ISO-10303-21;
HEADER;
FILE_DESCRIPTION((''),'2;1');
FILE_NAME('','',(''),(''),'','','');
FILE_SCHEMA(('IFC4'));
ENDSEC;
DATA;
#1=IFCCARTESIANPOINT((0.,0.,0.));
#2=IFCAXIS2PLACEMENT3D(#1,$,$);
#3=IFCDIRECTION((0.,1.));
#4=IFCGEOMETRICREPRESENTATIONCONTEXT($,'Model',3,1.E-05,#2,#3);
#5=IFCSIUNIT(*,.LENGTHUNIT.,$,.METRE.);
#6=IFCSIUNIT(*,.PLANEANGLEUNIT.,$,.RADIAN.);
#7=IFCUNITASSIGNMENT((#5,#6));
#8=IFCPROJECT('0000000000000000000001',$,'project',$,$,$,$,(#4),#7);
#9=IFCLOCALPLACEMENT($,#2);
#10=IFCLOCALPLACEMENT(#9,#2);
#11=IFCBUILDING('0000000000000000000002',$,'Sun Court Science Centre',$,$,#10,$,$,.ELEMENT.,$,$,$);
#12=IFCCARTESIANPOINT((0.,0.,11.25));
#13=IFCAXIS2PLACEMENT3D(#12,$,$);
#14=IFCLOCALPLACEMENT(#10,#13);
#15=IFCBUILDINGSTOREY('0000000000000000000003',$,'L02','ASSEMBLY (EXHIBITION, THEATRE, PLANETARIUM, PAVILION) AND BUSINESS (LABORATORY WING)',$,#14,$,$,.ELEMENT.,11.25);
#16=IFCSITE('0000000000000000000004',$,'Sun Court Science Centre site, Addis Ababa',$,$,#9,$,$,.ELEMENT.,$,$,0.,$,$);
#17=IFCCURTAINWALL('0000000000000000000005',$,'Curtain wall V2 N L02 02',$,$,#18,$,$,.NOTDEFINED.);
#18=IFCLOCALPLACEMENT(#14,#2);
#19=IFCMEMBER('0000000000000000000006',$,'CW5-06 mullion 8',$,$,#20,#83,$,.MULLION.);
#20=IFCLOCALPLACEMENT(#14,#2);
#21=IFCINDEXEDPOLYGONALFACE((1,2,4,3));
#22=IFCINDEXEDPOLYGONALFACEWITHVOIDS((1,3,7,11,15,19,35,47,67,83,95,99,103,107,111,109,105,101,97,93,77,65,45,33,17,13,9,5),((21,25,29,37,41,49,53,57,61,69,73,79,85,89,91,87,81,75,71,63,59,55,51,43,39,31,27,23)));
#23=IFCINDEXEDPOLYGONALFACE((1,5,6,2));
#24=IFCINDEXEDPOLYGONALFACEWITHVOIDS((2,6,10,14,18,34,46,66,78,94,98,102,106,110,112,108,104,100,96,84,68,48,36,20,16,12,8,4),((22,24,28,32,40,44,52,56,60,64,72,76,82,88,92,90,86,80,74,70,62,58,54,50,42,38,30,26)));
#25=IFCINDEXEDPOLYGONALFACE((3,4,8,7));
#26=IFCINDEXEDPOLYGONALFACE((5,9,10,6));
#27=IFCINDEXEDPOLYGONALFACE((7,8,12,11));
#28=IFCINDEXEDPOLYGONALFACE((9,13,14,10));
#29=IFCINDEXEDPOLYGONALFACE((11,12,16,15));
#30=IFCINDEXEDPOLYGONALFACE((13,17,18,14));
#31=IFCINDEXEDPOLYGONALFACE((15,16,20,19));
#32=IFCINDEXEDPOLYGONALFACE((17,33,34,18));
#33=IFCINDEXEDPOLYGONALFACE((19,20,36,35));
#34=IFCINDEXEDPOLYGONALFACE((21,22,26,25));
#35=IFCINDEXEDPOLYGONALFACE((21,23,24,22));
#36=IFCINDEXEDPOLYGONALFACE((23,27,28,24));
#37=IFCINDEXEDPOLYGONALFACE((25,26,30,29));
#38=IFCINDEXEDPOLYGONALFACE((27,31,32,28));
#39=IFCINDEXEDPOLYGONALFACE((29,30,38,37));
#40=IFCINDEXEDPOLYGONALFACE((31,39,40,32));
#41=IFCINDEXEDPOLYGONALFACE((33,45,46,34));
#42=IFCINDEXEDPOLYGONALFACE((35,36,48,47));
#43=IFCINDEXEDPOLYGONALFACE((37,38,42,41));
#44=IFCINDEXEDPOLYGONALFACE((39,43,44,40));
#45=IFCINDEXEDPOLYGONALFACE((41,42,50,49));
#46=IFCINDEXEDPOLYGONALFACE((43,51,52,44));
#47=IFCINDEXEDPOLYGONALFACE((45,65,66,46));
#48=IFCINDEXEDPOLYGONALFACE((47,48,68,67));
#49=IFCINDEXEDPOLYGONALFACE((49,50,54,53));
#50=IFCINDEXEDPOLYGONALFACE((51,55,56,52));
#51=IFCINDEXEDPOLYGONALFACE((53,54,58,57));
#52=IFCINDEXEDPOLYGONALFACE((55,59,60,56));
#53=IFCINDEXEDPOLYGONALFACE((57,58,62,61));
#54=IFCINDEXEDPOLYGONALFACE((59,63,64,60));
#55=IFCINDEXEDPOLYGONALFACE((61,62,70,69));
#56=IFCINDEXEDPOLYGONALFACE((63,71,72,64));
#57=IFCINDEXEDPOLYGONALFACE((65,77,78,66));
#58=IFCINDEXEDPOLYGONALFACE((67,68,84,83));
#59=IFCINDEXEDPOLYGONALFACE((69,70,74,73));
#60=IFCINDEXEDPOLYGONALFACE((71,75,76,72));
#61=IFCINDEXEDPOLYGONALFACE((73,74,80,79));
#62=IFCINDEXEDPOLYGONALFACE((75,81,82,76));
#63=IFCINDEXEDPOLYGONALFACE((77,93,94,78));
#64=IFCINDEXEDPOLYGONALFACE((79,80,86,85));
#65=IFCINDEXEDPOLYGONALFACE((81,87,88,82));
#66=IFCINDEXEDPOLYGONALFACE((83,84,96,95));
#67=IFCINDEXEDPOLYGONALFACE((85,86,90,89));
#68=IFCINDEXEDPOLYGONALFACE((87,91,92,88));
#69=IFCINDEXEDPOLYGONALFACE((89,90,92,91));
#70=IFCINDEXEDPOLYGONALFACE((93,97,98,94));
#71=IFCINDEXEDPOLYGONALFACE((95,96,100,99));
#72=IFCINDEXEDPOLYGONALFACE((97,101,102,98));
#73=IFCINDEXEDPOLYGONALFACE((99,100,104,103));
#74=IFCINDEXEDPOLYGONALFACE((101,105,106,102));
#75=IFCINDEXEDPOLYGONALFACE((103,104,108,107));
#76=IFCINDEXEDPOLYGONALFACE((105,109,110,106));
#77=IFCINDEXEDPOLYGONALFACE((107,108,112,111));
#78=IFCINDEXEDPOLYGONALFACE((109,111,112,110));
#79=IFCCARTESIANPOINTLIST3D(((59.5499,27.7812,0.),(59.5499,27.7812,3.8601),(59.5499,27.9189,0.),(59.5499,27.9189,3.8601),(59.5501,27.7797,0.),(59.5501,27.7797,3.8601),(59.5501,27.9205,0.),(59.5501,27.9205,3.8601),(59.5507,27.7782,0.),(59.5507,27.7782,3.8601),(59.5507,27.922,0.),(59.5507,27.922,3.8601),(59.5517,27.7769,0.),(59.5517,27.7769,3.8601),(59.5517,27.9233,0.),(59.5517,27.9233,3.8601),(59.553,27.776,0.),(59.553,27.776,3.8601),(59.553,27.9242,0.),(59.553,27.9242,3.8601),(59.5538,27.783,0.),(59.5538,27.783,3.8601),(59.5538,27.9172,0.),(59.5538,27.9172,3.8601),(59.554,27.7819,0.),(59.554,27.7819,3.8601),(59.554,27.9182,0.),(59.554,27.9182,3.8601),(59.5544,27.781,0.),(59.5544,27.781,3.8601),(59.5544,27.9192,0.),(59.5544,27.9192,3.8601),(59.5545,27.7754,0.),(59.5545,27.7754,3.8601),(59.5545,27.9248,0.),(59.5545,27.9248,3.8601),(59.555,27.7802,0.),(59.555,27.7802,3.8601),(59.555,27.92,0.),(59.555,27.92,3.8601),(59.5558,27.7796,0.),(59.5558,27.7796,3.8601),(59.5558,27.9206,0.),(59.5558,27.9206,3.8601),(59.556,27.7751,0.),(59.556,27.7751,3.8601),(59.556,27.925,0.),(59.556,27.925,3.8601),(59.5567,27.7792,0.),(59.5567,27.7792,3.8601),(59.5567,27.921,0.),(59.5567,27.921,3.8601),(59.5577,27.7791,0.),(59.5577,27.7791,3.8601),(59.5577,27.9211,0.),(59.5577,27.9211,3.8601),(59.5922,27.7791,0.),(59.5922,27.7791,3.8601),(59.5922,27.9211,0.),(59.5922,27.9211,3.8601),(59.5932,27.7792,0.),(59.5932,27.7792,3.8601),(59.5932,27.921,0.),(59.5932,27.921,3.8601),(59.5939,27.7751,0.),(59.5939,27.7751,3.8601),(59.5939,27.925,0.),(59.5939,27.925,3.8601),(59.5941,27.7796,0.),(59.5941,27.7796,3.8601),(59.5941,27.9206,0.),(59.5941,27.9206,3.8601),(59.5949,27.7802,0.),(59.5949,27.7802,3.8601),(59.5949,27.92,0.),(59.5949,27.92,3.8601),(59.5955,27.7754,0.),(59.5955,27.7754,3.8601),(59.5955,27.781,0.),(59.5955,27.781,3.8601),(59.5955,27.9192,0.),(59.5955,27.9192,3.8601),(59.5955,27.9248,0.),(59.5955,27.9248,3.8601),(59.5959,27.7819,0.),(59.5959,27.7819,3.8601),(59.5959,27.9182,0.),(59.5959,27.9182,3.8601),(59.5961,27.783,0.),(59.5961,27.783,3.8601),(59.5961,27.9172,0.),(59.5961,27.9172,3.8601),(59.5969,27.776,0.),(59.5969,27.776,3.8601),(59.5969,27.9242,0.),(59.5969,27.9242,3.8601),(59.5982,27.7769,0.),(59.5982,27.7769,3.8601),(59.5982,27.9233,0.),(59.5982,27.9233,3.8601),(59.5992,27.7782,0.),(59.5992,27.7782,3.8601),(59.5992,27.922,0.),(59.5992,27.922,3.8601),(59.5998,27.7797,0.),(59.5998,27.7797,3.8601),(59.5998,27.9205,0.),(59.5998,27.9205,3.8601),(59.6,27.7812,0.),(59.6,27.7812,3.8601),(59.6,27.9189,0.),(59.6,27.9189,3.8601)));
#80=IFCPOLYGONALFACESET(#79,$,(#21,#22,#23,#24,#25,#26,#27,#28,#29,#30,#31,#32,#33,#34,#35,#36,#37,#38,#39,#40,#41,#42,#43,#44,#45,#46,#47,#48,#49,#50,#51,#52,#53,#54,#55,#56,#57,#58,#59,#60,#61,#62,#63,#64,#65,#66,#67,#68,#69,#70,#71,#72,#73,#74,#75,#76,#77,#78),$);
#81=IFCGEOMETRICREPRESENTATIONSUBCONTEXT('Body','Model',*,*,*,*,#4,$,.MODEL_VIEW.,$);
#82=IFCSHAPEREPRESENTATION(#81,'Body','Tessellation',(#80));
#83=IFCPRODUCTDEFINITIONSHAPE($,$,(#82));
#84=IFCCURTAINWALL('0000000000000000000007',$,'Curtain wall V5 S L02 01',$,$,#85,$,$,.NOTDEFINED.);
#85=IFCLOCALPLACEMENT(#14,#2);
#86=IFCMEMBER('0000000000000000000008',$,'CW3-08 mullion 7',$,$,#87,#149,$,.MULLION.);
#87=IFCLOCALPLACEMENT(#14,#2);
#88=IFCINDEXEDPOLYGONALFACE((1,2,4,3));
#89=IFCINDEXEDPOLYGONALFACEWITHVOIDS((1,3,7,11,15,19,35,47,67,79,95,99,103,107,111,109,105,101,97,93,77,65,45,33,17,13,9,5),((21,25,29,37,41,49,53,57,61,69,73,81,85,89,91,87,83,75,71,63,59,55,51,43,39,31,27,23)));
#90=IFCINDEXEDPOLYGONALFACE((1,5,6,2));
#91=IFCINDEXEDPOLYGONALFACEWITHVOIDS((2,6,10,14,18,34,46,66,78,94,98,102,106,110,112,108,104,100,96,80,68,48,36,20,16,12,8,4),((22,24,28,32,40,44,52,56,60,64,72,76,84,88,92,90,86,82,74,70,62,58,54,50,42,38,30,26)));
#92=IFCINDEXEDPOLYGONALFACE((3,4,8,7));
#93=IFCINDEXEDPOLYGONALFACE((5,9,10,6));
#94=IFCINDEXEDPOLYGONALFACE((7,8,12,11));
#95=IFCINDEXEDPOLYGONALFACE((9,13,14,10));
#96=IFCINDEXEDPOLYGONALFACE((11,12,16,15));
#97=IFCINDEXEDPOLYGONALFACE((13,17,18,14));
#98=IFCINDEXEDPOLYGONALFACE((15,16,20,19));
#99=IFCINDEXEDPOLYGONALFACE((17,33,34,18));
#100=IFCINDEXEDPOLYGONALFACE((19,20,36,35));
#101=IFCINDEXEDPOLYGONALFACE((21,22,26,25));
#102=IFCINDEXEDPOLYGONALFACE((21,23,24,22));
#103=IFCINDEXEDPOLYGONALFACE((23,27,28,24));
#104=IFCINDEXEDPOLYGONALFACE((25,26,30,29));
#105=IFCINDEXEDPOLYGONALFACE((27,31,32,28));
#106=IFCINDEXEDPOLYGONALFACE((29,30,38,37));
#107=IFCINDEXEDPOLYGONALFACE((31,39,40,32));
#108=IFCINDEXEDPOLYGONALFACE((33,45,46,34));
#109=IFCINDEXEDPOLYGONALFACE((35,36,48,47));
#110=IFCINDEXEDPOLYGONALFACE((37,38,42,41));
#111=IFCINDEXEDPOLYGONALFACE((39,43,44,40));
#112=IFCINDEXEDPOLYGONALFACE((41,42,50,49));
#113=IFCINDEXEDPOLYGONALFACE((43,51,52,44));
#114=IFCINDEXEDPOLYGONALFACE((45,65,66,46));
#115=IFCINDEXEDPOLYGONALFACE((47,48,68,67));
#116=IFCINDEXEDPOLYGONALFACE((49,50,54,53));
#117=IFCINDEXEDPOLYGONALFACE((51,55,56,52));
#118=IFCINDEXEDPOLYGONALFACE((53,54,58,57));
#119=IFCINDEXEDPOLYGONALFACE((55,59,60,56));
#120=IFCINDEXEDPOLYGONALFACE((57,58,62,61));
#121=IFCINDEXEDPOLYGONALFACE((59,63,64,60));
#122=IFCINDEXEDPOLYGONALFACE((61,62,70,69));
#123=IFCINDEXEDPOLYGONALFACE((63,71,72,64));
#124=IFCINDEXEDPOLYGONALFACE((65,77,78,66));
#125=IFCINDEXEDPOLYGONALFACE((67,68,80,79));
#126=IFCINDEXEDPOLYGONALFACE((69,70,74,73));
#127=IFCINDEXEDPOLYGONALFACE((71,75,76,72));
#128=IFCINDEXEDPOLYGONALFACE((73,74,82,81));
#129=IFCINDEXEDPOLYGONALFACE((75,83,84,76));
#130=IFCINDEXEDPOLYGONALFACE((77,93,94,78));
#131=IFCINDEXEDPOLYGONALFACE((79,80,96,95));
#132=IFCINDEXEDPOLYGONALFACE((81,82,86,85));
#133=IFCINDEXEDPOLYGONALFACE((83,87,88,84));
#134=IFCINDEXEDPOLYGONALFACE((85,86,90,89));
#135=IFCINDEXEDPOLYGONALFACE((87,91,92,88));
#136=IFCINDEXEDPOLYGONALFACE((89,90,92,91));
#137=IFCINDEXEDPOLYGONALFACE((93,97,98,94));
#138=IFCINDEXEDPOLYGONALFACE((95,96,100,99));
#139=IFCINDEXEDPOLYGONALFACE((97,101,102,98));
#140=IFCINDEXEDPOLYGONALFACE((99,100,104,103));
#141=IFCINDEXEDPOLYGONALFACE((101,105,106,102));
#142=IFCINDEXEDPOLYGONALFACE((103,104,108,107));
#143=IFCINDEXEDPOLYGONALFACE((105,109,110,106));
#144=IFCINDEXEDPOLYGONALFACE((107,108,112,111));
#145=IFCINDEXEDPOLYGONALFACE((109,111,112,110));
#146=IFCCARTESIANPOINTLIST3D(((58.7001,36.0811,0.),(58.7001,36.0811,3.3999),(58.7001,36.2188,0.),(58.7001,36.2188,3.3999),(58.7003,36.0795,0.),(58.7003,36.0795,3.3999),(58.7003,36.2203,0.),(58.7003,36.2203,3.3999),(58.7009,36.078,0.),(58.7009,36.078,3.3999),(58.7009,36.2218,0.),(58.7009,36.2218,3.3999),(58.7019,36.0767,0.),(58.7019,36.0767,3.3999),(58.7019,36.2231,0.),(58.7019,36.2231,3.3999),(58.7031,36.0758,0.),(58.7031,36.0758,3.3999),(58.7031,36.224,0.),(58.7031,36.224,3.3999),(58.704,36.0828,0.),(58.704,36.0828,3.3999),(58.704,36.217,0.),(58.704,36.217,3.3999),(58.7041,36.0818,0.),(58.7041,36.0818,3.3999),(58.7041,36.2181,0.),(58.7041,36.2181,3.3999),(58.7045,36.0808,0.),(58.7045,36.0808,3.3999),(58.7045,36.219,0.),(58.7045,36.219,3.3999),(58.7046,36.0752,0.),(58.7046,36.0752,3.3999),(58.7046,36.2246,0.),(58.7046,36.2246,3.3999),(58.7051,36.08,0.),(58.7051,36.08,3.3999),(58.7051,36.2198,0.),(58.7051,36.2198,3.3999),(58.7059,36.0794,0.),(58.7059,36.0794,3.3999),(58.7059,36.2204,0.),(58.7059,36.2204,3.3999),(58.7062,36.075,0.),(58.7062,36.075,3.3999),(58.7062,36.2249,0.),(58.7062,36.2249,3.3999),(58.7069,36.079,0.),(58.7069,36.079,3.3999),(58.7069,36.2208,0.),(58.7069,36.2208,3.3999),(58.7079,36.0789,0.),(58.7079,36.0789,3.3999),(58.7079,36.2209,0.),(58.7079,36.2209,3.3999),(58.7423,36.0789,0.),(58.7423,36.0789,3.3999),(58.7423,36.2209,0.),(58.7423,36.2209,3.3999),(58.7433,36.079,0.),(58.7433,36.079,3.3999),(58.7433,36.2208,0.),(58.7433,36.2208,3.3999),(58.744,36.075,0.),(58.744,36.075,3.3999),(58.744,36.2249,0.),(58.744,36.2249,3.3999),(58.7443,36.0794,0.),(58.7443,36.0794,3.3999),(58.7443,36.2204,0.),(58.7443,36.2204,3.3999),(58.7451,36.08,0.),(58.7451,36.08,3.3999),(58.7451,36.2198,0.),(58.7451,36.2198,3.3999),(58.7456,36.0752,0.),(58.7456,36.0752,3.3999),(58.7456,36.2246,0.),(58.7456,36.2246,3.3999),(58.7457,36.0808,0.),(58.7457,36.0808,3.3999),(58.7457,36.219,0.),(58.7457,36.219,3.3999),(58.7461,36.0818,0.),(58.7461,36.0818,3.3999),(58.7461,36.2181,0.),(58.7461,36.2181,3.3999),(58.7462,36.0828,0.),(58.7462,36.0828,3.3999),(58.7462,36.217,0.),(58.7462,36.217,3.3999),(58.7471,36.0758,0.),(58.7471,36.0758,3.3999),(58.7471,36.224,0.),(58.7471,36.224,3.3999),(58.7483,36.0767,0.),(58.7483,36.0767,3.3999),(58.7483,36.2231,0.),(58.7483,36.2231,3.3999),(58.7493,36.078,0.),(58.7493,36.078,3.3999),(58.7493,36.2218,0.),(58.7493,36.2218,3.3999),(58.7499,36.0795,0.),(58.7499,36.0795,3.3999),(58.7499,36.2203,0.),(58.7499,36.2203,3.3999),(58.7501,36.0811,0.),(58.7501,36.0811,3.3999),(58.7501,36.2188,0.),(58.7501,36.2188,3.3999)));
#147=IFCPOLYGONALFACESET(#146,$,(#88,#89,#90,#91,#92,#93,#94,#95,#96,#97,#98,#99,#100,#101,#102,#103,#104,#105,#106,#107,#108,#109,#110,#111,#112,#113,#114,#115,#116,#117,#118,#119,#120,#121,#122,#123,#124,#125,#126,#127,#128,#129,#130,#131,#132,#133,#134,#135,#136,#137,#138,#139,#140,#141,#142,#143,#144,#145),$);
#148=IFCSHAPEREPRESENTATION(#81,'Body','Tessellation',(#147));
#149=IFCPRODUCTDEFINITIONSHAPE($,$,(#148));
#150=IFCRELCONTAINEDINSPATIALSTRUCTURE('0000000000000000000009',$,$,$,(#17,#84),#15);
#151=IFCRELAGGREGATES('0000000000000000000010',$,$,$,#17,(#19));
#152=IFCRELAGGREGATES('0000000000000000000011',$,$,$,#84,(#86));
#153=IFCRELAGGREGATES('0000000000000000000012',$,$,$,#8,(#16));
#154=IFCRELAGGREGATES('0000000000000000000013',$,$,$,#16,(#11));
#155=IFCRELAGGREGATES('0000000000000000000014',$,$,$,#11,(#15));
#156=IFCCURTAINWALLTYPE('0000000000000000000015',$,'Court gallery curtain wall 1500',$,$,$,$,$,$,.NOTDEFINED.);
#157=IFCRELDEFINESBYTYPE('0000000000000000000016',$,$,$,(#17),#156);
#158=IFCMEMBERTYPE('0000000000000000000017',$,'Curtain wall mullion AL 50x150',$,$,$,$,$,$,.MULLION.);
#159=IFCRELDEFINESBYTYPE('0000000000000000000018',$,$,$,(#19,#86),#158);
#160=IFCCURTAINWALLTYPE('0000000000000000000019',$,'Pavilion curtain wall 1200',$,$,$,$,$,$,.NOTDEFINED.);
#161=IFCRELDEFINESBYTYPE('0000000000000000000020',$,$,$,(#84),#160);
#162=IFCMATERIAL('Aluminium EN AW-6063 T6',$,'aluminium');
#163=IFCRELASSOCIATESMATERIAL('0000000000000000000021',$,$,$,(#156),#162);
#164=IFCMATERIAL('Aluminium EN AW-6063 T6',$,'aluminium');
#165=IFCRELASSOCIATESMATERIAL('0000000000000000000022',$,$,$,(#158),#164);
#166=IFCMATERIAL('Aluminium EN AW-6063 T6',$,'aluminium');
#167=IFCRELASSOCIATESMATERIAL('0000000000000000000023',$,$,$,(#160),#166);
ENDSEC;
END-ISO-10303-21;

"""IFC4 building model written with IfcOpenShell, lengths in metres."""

from ifc_helpers import new_model, si_unit, direction, frame, origin, origin_2d, place, context, subcontext, project, spatial, hollow_rectangle, extrude, material, material_profile, profile_set, type_object, element, aggregate, save


model = new_model("IFC4")

# Units and contexts
model_context = context("Model", 3, precision=1e-05, world=origin(), true_north=direction((0.0, 1.0)))
body_context = subcontext(model_context, "Body", "Model", "MODEL_VIEW")
ifc_project = project(units=[si_unit("LENGTHUNIT", "METRE"), si_unit("PLANEANGLEUNIT", "RADIAN")], contexts=[model_context])

# Site, building, storey
site_placement = place(None, origin())
site = spatial("IfcSite", under=ifc_project, at=site_placement, Name="Sun Court Science Centre site, Addis Ababa", CompositionType="ELEMENT", RefElevation=0.0)
building_placement = place(site_placement, origin())
building = spatial("IfcBuilding", under=site, at=building_placement, Name="Sun Court Science Centre", CompositionType="ELEMENT")
storey_placement = place(building_placement, frame((0.0, 0.0, 11.25)))
storey = spatial("IfcBuildingStorey", under=building, at=storey_placement, Name="L02", Description="ASSEMBLY (EXHIBITION, THEATRE, PLANETARIUM, PAVILION) AND BUSINESS (LABORATORY WING)", CompositionType="ELEMENT", Elevation=11.25)

# Curtain wall, member
ifc_material_1 = material(Name="Aluminium EN AW-6063 T6", Category="aluminium")
curtain_wall_type_1 = type_object("IfcCurtainWallType", Name="Court gallery curtain wall 1500", PredefinedType="NOTDEFINED", material=ifc_material_1)
curtain_wall_1_placement = place(storey_placement, origin())
curtain_wall_1 = element("IfcCurtainWall", 1, at=curtain_wall_1_placement, inside=storey, type_object=curtain_wall_type_1, Name="Curtain wall V2 N L02 02", PredefinedType="NOTDEFINED")
ifc_material_2 = material(Name="Aluminium EN AW-6063 T6", Category="aluminium")
ifc_material_profile_1 = material_profile(ifc_material_2, hollow_rectangle(XDim=0.05, YDim=0.1499, WallThickness=0.0039, InnerFilletRadius=0.0039, OuterFilletRadius=0.0061, at=origin_2d()), Name="AL 50x150x4")
ifc_profile_set_1 = profile_set([ifc_material_profile_1], Name="Aluminium EN AW-6063 T6")
member_type_1 = type_object("IfcMemberType", Name="Curtain wall mullion AL 50x150", PredefinedType="MULLION", material=ifc_profile_set_1)
member_1_placement = place(storey_placement, frame((59.575, 27.8501, 0.0), z_axis=(0.0, 0.0, 1.0), x_axis=(1.0, 0.0, 0.0)))
member_1 = element("IfcMember", 2, at=member_1_placement, type_object=member_type_1, Name="CW5-06 mullion 8", PredefinedType="MULLION", context=body_context, shape_type="SweptSolid", body=[
    extrude(hollow_rectangle(XDim=0.05, YDim=0.1499, WallThickness=0.0039, InnerFilletRadius=0.0039, OuterFilletRadius=0.0061, at=origin_2d()), origin(), (0.0, 0.0, 1.0), 3.8601),
])

# Curtain wall, member
ifc_material_3 = material(Name="Aluminium EN AW-6063 T6", Category="aluminium")
curtain_wall_type_2 = type_object("IfcCurtainWallType", Name="Pavilion curtain wall 1200", PredefinedType="NOTDEFINED", material=ifc_material_3)
curtain_wall_2_placement = place(storey_placement, origin())
curtain_wall_2 = element("IfcCurtainWall", 3, at=curtain_wall_2_placement, inside=storey, type_object=curtain_wall_type_2, Name="Curtain wall V5 S L02 01", PredefinedType="NOTDEFINED")
member_2_placement = place(storey_placement, frame((58.7251, 36.1499, 0.0), z_axis=(0.0, 0.0, 1.0), x_axis=(-1.0, 0.0, 0.0)))
member_2 = element("IfcMember", 4, at=member_2_placement, type_object=member_type_1, Name="CW3-08 mullion 7", PredefinedType="MULLION", context=body_context, shape_type="SweptSolid", body=[
    extrude(hollow_rectangle(XDim=0.05, YDim=0.1499, WallThickness=0.0039, InnerFilletRadius=0.0039, OuterFilletRadius=0.0061, at=origin_2d()), origin(), (0.0, 0.0, 1.0), 3.3999),
])

aggregate(curtain_wall_1, [member_1])
aggregate(curtain_wall_2, [member_2])

save(model, "model.ifc")
